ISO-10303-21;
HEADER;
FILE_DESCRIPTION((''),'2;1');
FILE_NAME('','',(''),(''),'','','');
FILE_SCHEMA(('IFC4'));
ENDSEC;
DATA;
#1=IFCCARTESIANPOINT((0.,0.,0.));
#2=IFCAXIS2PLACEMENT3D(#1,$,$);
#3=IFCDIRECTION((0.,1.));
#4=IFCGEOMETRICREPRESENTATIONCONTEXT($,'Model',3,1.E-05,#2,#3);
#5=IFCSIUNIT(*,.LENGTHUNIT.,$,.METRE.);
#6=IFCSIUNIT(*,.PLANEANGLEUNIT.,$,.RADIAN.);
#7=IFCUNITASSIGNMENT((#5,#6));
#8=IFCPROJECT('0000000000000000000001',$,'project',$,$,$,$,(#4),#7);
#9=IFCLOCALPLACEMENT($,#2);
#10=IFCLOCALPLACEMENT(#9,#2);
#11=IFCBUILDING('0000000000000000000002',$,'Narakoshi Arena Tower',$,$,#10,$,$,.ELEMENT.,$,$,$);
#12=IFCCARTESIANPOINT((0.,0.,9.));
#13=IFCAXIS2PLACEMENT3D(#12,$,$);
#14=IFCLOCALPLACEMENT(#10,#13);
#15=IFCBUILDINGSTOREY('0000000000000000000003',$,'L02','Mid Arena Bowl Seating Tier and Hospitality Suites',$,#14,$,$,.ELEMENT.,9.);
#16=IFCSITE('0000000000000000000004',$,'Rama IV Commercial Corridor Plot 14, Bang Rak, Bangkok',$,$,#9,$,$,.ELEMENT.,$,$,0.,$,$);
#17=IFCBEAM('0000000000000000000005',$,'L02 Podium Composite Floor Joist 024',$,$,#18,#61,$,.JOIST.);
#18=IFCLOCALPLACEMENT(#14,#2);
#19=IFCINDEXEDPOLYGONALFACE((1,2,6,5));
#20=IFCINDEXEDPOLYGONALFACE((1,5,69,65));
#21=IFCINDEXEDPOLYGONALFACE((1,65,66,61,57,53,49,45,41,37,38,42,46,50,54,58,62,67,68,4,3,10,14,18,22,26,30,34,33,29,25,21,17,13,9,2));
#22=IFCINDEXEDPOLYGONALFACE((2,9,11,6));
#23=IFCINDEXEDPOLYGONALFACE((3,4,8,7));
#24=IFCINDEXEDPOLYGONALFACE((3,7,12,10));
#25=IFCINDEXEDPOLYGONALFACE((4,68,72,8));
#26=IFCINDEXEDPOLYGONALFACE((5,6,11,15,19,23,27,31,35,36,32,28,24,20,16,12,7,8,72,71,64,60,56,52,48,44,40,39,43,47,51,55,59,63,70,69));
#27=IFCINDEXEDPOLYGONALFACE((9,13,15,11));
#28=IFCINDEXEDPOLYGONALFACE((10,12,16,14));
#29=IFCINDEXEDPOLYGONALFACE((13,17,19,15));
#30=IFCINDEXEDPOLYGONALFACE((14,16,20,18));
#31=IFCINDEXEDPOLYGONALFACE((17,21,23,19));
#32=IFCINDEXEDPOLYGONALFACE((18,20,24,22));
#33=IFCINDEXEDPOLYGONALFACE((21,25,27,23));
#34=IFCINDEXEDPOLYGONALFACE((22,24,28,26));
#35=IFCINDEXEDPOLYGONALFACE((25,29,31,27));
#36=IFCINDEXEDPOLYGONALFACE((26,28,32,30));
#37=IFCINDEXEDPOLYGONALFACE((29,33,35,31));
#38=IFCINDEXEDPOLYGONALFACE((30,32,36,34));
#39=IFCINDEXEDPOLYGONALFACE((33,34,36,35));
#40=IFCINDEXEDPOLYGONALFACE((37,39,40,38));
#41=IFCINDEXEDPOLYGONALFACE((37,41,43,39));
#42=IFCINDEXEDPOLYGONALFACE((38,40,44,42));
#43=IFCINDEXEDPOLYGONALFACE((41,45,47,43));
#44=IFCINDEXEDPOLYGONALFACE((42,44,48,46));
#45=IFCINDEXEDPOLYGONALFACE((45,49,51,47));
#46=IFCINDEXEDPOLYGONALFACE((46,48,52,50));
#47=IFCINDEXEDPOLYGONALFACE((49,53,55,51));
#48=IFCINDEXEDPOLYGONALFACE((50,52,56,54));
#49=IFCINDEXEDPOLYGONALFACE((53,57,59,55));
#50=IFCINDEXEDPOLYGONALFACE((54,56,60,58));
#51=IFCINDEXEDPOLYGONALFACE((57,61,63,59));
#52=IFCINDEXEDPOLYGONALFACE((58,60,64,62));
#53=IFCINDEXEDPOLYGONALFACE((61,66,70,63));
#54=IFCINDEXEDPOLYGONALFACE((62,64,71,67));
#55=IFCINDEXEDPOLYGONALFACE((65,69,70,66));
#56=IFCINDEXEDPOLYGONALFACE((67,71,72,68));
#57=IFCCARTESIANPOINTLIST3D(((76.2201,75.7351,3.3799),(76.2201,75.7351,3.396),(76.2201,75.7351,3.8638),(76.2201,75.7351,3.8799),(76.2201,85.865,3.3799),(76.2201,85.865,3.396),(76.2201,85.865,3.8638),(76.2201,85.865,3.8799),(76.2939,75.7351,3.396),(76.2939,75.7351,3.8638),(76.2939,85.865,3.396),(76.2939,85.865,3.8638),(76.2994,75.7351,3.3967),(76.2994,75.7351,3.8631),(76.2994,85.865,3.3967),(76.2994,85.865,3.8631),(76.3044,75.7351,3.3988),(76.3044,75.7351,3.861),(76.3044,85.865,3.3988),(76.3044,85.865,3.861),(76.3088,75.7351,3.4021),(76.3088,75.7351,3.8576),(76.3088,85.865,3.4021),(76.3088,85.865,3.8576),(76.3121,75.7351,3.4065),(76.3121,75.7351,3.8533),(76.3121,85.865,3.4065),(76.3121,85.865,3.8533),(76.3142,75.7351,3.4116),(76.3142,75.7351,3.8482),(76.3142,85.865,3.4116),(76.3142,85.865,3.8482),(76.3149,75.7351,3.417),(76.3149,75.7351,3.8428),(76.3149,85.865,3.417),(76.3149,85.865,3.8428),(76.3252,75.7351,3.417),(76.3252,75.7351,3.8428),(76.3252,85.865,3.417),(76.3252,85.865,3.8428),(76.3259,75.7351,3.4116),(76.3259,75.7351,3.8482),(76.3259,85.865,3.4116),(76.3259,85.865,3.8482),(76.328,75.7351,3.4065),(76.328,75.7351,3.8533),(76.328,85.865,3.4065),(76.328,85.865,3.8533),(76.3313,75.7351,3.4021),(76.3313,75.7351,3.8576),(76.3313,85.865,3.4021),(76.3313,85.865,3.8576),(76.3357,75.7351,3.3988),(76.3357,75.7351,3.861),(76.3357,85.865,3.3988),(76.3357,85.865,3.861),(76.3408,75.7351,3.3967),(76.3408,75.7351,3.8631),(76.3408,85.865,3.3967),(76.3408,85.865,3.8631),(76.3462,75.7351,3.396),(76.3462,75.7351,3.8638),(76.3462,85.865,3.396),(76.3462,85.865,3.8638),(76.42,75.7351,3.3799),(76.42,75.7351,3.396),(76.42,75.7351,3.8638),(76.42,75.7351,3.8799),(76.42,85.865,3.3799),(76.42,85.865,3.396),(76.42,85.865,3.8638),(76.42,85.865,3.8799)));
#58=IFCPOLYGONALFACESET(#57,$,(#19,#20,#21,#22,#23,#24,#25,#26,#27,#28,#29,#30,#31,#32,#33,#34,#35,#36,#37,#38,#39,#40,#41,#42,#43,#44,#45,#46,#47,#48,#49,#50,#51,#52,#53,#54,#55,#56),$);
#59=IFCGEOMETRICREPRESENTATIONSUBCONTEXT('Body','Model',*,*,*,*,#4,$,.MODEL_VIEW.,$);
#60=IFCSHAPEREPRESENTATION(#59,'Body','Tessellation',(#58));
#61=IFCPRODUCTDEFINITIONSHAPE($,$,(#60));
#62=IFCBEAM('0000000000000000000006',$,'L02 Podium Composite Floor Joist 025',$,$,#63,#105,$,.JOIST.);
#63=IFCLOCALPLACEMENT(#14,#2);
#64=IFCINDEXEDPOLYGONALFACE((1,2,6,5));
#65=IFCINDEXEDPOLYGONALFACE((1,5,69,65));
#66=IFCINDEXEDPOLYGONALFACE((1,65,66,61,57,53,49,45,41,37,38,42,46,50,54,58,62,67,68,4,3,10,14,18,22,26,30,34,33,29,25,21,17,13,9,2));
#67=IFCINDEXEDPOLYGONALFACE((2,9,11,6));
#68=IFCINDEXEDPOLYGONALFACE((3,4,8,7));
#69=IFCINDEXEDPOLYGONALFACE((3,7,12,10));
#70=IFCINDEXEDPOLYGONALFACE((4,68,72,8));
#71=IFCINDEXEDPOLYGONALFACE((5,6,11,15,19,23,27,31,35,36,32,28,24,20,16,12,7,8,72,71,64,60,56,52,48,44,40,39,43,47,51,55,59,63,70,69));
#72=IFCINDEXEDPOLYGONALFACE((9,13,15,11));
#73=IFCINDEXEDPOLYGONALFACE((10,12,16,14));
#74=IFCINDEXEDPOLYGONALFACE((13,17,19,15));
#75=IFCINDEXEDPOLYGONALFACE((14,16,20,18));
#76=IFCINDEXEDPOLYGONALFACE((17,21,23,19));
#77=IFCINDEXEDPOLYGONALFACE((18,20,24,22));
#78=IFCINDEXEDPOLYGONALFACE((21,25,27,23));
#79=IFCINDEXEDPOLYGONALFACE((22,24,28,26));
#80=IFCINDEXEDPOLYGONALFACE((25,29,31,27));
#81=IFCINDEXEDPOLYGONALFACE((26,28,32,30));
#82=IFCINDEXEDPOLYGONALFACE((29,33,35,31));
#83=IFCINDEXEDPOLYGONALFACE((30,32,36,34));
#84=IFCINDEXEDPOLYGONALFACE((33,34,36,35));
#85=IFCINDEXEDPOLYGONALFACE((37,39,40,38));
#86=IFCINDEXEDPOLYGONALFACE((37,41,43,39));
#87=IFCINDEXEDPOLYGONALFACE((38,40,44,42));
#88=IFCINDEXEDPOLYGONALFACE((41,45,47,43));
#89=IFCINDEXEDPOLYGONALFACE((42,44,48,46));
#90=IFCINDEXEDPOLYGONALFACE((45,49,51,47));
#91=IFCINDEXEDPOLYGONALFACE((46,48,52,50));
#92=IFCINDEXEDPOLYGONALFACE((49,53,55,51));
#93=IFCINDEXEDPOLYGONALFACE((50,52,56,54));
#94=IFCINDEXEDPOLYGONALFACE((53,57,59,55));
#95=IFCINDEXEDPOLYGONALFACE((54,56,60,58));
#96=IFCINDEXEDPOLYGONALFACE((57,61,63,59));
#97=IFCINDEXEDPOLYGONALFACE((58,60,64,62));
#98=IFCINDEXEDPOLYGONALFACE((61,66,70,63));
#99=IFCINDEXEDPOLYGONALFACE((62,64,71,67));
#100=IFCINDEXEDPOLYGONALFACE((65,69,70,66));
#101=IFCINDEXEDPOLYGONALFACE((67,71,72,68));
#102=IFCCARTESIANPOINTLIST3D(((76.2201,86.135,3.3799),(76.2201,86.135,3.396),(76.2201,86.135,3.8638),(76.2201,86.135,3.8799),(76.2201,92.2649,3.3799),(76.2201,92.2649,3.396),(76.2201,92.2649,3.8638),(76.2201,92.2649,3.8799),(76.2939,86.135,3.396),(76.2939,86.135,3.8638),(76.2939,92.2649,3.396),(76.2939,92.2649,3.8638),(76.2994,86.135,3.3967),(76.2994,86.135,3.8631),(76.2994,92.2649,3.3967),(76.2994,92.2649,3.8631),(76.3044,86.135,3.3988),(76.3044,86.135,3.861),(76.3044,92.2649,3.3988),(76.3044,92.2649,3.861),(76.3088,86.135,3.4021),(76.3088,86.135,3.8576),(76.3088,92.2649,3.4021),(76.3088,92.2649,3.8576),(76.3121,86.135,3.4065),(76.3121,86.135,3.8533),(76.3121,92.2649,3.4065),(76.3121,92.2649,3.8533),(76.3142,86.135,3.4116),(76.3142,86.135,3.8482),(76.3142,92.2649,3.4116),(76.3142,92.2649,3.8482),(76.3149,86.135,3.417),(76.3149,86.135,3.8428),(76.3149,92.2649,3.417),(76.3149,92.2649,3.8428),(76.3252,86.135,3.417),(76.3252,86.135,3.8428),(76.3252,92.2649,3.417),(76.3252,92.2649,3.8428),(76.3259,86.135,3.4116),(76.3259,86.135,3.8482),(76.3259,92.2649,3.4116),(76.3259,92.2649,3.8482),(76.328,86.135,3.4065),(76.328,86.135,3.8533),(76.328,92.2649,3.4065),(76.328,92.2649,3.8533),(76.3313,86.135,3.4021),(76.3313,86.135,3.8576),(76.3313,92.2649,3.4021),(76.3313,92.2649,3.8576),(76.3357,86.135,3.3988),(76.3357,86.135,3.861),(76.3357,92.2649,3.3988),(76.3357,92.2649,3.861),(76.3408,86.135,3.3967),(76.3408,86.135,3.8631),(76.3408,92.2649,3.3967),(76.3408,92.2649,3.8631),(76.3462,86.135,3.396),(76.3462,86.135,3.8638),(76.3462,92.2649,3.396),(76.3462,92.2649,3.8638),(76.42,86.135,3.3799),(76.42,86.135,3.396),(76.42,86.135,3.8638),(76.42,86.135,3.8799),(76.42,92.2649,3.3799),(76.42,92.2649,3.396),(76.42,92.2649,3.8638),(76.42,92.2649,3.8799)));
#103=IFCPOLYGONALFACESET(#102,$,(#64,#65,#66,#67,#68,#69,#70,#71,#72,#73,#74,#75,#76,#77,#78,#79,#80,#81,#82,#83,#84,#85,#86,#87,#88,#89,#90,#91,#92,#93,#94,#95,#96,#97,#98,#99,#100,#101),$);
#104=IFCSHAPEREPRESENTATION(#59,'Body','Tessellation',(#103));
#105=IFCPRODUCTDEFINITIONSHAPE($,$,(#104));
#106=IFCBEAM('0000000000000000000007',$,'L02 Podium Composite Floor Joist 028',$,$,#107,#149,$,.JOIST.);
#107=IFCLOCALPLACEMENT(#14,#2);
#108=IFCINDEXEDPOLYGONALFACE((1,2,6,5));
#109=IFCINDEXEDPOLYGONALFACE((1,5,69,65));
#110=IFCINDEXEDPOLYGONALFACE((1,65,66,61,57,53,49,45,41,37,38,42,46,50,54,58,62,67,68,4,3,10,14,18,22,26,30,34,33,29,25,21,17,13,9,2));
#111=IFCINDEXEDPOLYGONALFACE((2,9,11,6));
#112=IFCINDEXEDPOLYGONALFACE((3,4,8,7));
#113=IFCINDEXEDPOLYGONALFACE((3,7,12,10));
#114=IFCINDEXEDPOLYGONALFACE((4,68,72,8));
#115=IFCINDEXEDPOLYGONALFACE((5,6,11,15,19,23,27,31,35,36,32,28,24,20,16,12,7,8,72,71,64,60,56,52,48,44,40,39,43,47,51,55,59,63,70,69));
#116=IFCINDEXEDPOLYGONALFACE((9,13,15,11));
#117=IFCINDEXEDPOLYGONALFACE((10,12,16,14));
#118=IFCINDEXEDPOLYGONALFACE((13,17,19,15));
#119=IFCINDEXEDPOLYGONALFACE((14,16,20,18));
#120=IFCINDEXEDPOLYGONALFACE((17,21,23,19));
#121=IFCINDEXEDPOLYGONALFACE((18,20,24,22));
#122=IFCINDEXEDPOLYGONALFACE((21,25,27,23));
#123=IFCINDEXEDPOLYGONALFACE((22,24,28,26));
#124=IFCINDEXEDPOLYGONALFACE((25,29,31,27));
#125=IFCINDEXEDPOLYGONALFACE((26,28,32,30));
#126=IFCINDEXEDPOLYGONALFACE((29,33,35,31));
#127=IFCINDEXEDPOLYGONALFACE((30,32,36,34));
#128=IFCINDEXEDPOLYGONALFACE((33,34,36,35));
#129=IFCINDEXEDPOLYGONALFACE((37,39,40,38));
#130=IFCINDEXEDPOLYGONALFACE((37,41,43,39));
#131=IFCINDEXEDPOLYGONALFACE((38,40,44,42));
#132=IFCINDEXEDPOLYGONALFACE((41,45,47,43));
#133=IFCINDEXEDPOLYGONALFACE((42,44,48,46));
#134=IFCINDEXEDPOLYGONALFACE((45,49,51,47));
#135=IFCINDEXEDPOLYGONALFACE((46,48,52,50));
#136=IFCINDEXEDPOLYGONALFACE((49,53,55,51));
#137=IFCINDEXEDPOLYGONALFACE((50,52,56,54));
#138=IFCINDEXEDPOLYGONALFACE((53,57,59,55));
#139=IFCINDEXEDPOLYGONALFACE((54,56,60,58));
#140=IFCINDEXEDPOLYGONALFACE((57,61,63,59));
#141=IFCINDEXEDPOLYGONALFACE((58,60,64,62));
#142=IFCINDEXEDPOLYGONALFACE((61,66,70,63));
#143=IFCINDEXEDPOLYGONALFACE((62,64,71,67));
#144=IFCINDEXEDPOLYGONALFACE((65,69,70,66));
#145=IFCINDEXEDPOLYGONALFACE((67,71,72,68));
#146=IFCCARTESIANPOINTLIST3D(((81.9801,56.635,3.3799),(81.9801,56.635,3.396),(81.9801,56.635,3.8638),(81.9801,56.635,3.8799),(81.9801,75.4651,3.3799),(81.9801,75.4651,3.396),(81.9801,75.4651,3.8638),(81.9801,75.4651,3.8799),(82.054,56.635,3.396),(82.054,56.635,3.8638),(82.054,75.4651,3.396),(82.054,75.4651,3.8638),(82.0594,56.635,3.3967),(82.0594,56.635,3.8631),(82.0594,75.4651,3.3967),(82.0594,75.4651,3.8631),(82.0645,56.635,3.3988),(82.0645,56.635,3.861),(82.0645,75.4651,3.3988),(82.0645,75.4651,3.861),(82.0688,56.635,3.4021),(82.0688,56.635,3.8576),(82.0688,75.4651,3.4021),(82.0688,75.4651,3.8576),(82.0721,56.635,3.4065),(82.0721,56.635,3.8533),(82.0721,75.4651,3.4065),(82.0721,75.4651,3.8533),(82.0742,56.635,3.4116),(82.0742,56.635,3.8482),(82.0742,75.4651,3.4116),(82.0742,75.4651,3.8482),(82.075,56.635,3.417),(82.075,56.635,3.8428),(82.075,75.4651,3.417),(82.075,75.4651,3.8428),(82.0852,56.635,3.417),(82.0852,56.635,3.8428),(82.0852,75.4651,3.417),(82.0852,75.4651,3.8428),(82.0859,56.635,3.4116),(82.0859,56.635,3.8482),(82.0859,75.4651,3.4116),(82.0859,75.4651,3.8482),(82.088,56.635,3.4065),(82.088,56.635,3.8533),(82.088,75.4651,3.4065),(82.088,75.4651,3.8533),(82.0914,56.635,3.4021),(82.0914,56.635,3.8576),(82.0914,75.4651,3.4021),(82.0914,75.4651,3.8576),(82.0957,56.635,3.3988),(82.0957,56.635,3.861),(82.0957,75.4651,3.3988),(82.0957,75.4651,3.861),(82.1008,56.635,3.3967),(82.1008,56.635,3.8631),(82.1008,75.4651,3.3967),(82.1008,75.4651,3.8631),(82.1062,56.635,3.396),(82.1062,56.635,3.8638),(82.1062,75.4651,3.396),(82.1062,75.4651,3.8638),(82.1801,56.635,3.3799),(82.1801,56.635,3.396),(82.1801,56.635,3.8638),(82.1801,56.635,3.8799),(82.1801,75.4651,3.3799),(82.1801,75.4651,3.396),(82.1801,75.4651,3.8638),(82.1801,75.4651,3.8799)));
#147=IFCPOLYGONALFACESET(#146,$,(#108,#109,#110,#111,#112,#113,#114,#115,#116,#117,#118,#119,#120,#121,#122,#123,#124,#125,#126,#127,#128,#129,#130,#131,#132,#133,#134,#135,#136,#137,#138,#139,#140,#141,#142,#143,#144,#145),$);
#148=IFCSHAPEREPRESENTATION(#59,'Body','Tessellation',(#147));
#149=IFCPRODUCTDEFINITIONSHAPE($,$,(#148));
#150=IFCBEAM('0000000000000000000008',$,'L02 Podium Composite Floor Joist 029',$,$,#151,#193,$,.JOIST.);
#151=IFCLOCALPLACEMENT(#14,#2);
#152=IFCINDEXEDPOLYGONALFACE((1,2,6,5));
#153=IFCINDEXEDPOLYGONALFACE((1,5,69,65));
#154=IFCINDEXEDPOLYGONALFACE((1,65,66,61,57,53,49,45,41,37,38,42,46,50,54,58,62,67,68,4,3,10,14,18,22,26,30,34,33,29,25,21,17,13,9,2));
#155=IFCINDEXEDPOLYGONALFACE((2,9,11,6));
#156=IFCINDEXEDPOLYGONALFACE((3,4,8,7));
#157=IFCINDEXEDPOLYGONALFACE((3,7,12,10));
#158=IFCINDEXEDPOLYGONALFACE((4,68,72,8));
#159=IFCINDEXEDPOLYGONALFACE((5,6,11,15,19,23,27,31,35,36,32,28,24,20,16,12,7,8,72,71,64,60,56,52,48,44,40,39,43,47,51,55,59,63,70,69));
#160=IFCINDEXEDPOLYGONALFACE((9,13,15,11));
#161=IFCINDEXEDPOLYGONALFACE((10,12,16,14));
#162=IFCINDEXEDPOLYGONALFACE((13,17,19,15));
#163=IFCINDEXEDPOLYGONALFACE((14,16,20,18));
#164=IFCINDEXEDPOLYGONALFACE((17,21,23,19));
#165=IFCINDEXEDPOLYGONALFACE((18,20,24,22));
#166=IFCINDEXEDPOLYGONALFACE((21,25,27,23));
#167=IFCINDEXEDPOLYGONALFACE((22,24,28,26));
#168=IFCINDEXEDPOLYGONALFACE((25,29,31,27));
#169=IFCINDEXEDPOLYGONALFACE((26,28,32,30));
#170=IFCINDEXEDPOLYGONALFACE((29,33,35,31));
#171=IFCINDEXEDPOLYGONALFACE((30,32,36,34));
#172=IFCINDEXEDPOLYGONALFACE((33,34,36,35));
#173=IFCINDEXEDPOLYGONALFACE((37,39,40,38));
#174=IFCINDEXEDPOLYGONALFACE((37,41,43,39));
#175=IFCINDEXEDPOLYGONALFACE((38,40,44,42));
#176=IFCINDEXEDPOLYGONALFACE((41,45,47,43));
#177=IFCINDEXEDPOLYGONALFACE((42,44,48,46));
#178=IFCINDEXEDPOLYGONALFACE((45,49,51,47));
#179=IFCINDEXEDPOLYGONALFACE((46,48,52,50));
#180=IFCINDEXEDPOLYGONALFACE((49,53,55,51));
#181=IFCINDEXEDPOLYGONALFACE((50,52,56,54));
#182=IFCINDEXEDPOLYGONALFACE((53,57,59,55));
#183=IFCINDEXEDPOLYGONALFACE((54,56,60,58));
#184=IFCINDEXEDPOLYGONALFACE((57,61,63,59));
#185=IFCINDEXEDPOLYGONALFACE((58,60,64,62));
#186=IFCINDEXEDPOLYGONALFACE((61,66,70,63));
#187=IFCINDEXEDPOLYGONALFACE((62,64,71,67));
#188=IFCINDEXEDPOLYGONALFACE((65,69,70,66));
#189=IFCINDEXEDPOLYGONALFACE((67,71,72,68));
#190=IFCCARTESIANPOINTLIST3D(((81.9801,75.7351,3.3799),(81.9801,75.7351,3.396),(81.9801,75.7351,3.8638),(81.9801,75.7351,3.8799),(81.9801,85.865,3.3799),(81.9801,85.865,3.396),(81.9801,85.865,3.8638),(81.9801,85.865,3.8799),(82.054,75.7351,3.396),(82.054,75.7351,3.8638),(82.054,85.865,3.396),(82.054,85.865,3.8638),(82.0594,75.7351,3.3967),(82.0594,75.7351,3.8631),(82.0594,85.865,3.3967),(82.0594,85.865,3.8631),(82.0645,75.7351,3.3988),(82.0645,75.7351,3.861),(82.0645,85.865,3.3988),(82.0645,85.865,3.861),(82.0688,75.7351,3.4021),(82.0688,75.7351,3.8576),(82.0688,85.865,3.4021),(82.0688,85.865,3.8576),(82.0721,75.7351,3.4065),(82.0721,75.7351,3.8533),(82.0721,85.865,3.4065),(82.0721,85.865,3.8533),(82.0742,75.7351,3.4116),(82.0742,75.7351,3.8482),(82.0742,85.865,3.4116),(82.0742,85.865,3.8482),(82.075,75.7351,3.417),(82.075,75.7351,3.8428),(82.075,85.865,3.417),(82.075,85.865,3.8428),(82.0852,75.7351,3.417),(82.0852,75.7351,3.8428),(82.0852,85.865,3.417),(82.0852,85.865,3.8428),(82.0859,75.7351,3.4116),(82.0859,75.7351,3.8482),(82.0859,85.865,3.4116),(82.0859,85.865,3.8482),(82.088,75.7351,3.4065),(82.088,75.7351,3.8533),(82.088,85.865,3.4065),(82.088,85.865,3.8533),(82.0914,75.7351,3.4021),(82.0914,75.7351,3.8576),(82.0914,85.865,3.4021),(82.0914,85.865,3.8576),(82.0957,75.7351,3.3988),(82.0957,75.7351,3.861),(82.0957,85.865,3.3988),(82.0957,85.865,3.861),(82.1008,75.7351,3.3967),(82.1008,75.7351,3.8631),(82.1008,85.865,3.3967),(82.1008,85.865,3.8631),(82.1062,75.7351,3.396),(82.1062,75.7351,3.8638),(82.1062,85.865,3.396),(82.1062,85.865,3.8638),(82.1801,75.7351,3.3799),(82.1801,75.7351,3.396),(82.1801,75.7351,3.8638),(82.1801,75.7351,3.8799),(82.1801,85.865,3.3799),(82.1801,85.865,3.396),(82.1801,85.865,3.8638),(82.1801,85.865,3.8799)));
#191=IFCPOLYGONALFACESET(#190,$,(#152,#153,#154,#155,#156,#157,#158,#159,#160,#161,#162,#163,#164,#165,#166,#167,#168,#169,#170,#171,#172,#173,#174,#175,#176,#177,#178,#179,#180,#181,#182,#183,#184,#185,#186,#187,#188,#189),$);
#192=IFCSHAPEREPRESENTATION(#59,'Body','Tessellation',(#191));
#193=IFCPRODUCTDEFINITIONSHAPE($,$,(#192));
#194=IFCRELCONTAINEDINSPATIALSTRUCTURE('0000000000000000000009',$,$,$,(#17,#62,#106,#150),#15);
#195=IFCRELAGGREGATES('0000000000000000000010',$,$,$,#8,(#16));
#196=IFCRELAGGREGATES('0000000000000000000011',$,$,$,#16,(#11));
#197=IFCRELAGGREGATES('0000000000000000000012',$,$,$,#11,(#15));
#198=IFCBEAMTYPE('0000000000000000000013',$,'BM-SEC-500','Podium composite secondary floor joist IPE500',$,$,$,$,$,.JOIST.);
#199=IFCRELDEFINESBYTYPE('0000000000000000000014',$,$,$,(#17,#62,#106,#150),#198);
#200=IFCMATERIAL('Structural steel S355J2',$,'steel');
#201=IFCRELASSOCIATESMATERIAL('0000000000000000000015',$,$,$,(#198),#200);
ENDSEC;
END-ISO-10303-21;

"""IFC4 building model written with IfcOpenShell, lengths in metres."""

from ifc_helpers import new_model, si_unit, direction, frame, origin, origin_2d, place, context, subcontext, project, spatial, i_section, extrude, material, material_profile, profile_set, type_object, element, save


model = new_model("IFC4")

# Units and contexts
model_context = context("Model", 3, precision=1e-05, world=origin(), true_north=direction((0.0, 1.0)))
body_context = subcontext(model_context, "Body", "Model", "MODEL_VIEW")
ifc_project = project(units=[si_unit("LENGTHUNIT", "METRE"), si_unit("PLANEANGLEUNIT", "RADIAN")], contexts=[model_context])

# Site, building, storey
site_placement = place(None, origin())
site = spatial("IfcSite", under=ifc_project, at=site_placement, Name="Rama IV Commercial Corridor Plot 14, Bang Rak, Bangkok", CompositionType="ELEMENT", RefElevation=0.0)
building_placement = place(site_placement, origin())
building = spatial("IfcBuilding", under=site, at=building_placement, Name="Narakoshi Arena Tower", CompositionType="ELEMENT")
storey_placement = place(building_placement, frame((0.0, 0.0, 9.0)))
storey = spatial("IfcBuildingStorey", under=building, at=storey_placement, Name="L02", Description="Mid Arena Bowl Seating Tier and Hospitality Suites", CompositionType="ELEMENT", Elevation=9.0)

# Beams
ifc_material_1 = material(Name="Structural steel S355J2", Category="steel")
ifc_material_profile_1 = material_profile(ifc_material_1, i_section(OverallWidth=0.2, OverallDepth=0.5, WebThickness=0.0103, FlangeThickness=0.0161, FilletRadius=0.021, at=origin_2d()), Name="IPE500")
ifc_profile_set_1 = profile_set([ifc_material_profile_1], Name="Structural steel S355J2")
beam_type_1 = type_object("IfcBeamType", Name="BM-SEC-500", Description="Podium composite secondary floor joist IPE500", PredefinedType="JOIST", material=ifc_profile_set_1)
beam_1_placement = place(storey_placement, frame((76.3201, 75.7351, 3.6299), z_axis=(0.0, 1.0, 0.0), x_axis=(-1.0, 0.0, 0.0)))
element("IfcBeam", 1, at=beam_1_placement, inside=storey, type_object=beam_type_1, Name="L02 Podium Composite Floor Joist 024", PredefinedType="JOIST", context=body_context, shape_type="SweptSolid", body=[
    extrude(i_section(OverallWidth=0.2, OverallDepth=0.5, WebThickness=0.0103, FlangeThickness=0.0161, FilletRadius=0.021, at=origin_2d()), origin(), (0.0, 0.0, 1.0), 10.1299),
])
beam_2_placement = place(storey_placement, frame((76.3201, 86.135, 3.6299), z_axis=(0.0, 1.0, 0.0), x_axis=(-1.0, 0.0, 0.0)))
element("IfcBeam", 2, at=beam_2_placement, inside=storey, type_object=beam_type_1, Name="L02 Podium Composite Floor Joist 025", PredefinedType="JOIST", context=body_context, shape_type="SweptSolid", body=[
    extrude(i_section(OverallWidth=0.2, OverallDepth=0.5, WebThickness=0.0103, FlangeThickness=0.0161, FilletRadius=0.021, at=origin_2d()), origin(), (0.0, 0.0, 1.0), 6.1299),
])
beam_3_placement = place(storey_placement, frame((82.0801, 56.635, 3.6299), z_axis=(0.0, 1.0, 0.0), x_axis=(-1.0, 0.0, 0.0)))
element("IfcBeam", 3, at=beam_3_placement, inside=storey, type_object=beam_type_1, Name="L02 Podium Composite Floor Joist 028", PredefinedType="JOIST", context=body_context, shape_type="SweptSolid", body=[
    extrude(i_section(OverallWidth=0.2, OverallDepth=0.5, WebThickness=0.0103, FlangeThickness=0.0161, FilletRadius=0.021, at=origin_2d()), origin(), (0.0, 0.0, 1.0), 18.8301),
])
beam_4_placement = place(storey_placement, frame((82.0801, 75.7351, 3.6299), z_axis=(0.0, 1.0, 0.0), x_axis=(-1.0, 0.0, 0.0)))
element("IfcBeam", 4, at=beam_4_placement, inside=storey, type_object=beam_type_1, Name="L02 Podium Composite Floor Joist 029", PredefinedType="JOIST", context=body_context, shape_type="SweptSolid", body=[
    extrude(i_section(OverallWidth=0.2, OverallDepth=0.5, WebThickness=0.0103, FlangeThickness=0.0161, FilletRadius=0.021, at=origin_2d()), origin(), (0.0, 0.0, 1.0), 10.1299),
])

save(model, "model.ifc")
